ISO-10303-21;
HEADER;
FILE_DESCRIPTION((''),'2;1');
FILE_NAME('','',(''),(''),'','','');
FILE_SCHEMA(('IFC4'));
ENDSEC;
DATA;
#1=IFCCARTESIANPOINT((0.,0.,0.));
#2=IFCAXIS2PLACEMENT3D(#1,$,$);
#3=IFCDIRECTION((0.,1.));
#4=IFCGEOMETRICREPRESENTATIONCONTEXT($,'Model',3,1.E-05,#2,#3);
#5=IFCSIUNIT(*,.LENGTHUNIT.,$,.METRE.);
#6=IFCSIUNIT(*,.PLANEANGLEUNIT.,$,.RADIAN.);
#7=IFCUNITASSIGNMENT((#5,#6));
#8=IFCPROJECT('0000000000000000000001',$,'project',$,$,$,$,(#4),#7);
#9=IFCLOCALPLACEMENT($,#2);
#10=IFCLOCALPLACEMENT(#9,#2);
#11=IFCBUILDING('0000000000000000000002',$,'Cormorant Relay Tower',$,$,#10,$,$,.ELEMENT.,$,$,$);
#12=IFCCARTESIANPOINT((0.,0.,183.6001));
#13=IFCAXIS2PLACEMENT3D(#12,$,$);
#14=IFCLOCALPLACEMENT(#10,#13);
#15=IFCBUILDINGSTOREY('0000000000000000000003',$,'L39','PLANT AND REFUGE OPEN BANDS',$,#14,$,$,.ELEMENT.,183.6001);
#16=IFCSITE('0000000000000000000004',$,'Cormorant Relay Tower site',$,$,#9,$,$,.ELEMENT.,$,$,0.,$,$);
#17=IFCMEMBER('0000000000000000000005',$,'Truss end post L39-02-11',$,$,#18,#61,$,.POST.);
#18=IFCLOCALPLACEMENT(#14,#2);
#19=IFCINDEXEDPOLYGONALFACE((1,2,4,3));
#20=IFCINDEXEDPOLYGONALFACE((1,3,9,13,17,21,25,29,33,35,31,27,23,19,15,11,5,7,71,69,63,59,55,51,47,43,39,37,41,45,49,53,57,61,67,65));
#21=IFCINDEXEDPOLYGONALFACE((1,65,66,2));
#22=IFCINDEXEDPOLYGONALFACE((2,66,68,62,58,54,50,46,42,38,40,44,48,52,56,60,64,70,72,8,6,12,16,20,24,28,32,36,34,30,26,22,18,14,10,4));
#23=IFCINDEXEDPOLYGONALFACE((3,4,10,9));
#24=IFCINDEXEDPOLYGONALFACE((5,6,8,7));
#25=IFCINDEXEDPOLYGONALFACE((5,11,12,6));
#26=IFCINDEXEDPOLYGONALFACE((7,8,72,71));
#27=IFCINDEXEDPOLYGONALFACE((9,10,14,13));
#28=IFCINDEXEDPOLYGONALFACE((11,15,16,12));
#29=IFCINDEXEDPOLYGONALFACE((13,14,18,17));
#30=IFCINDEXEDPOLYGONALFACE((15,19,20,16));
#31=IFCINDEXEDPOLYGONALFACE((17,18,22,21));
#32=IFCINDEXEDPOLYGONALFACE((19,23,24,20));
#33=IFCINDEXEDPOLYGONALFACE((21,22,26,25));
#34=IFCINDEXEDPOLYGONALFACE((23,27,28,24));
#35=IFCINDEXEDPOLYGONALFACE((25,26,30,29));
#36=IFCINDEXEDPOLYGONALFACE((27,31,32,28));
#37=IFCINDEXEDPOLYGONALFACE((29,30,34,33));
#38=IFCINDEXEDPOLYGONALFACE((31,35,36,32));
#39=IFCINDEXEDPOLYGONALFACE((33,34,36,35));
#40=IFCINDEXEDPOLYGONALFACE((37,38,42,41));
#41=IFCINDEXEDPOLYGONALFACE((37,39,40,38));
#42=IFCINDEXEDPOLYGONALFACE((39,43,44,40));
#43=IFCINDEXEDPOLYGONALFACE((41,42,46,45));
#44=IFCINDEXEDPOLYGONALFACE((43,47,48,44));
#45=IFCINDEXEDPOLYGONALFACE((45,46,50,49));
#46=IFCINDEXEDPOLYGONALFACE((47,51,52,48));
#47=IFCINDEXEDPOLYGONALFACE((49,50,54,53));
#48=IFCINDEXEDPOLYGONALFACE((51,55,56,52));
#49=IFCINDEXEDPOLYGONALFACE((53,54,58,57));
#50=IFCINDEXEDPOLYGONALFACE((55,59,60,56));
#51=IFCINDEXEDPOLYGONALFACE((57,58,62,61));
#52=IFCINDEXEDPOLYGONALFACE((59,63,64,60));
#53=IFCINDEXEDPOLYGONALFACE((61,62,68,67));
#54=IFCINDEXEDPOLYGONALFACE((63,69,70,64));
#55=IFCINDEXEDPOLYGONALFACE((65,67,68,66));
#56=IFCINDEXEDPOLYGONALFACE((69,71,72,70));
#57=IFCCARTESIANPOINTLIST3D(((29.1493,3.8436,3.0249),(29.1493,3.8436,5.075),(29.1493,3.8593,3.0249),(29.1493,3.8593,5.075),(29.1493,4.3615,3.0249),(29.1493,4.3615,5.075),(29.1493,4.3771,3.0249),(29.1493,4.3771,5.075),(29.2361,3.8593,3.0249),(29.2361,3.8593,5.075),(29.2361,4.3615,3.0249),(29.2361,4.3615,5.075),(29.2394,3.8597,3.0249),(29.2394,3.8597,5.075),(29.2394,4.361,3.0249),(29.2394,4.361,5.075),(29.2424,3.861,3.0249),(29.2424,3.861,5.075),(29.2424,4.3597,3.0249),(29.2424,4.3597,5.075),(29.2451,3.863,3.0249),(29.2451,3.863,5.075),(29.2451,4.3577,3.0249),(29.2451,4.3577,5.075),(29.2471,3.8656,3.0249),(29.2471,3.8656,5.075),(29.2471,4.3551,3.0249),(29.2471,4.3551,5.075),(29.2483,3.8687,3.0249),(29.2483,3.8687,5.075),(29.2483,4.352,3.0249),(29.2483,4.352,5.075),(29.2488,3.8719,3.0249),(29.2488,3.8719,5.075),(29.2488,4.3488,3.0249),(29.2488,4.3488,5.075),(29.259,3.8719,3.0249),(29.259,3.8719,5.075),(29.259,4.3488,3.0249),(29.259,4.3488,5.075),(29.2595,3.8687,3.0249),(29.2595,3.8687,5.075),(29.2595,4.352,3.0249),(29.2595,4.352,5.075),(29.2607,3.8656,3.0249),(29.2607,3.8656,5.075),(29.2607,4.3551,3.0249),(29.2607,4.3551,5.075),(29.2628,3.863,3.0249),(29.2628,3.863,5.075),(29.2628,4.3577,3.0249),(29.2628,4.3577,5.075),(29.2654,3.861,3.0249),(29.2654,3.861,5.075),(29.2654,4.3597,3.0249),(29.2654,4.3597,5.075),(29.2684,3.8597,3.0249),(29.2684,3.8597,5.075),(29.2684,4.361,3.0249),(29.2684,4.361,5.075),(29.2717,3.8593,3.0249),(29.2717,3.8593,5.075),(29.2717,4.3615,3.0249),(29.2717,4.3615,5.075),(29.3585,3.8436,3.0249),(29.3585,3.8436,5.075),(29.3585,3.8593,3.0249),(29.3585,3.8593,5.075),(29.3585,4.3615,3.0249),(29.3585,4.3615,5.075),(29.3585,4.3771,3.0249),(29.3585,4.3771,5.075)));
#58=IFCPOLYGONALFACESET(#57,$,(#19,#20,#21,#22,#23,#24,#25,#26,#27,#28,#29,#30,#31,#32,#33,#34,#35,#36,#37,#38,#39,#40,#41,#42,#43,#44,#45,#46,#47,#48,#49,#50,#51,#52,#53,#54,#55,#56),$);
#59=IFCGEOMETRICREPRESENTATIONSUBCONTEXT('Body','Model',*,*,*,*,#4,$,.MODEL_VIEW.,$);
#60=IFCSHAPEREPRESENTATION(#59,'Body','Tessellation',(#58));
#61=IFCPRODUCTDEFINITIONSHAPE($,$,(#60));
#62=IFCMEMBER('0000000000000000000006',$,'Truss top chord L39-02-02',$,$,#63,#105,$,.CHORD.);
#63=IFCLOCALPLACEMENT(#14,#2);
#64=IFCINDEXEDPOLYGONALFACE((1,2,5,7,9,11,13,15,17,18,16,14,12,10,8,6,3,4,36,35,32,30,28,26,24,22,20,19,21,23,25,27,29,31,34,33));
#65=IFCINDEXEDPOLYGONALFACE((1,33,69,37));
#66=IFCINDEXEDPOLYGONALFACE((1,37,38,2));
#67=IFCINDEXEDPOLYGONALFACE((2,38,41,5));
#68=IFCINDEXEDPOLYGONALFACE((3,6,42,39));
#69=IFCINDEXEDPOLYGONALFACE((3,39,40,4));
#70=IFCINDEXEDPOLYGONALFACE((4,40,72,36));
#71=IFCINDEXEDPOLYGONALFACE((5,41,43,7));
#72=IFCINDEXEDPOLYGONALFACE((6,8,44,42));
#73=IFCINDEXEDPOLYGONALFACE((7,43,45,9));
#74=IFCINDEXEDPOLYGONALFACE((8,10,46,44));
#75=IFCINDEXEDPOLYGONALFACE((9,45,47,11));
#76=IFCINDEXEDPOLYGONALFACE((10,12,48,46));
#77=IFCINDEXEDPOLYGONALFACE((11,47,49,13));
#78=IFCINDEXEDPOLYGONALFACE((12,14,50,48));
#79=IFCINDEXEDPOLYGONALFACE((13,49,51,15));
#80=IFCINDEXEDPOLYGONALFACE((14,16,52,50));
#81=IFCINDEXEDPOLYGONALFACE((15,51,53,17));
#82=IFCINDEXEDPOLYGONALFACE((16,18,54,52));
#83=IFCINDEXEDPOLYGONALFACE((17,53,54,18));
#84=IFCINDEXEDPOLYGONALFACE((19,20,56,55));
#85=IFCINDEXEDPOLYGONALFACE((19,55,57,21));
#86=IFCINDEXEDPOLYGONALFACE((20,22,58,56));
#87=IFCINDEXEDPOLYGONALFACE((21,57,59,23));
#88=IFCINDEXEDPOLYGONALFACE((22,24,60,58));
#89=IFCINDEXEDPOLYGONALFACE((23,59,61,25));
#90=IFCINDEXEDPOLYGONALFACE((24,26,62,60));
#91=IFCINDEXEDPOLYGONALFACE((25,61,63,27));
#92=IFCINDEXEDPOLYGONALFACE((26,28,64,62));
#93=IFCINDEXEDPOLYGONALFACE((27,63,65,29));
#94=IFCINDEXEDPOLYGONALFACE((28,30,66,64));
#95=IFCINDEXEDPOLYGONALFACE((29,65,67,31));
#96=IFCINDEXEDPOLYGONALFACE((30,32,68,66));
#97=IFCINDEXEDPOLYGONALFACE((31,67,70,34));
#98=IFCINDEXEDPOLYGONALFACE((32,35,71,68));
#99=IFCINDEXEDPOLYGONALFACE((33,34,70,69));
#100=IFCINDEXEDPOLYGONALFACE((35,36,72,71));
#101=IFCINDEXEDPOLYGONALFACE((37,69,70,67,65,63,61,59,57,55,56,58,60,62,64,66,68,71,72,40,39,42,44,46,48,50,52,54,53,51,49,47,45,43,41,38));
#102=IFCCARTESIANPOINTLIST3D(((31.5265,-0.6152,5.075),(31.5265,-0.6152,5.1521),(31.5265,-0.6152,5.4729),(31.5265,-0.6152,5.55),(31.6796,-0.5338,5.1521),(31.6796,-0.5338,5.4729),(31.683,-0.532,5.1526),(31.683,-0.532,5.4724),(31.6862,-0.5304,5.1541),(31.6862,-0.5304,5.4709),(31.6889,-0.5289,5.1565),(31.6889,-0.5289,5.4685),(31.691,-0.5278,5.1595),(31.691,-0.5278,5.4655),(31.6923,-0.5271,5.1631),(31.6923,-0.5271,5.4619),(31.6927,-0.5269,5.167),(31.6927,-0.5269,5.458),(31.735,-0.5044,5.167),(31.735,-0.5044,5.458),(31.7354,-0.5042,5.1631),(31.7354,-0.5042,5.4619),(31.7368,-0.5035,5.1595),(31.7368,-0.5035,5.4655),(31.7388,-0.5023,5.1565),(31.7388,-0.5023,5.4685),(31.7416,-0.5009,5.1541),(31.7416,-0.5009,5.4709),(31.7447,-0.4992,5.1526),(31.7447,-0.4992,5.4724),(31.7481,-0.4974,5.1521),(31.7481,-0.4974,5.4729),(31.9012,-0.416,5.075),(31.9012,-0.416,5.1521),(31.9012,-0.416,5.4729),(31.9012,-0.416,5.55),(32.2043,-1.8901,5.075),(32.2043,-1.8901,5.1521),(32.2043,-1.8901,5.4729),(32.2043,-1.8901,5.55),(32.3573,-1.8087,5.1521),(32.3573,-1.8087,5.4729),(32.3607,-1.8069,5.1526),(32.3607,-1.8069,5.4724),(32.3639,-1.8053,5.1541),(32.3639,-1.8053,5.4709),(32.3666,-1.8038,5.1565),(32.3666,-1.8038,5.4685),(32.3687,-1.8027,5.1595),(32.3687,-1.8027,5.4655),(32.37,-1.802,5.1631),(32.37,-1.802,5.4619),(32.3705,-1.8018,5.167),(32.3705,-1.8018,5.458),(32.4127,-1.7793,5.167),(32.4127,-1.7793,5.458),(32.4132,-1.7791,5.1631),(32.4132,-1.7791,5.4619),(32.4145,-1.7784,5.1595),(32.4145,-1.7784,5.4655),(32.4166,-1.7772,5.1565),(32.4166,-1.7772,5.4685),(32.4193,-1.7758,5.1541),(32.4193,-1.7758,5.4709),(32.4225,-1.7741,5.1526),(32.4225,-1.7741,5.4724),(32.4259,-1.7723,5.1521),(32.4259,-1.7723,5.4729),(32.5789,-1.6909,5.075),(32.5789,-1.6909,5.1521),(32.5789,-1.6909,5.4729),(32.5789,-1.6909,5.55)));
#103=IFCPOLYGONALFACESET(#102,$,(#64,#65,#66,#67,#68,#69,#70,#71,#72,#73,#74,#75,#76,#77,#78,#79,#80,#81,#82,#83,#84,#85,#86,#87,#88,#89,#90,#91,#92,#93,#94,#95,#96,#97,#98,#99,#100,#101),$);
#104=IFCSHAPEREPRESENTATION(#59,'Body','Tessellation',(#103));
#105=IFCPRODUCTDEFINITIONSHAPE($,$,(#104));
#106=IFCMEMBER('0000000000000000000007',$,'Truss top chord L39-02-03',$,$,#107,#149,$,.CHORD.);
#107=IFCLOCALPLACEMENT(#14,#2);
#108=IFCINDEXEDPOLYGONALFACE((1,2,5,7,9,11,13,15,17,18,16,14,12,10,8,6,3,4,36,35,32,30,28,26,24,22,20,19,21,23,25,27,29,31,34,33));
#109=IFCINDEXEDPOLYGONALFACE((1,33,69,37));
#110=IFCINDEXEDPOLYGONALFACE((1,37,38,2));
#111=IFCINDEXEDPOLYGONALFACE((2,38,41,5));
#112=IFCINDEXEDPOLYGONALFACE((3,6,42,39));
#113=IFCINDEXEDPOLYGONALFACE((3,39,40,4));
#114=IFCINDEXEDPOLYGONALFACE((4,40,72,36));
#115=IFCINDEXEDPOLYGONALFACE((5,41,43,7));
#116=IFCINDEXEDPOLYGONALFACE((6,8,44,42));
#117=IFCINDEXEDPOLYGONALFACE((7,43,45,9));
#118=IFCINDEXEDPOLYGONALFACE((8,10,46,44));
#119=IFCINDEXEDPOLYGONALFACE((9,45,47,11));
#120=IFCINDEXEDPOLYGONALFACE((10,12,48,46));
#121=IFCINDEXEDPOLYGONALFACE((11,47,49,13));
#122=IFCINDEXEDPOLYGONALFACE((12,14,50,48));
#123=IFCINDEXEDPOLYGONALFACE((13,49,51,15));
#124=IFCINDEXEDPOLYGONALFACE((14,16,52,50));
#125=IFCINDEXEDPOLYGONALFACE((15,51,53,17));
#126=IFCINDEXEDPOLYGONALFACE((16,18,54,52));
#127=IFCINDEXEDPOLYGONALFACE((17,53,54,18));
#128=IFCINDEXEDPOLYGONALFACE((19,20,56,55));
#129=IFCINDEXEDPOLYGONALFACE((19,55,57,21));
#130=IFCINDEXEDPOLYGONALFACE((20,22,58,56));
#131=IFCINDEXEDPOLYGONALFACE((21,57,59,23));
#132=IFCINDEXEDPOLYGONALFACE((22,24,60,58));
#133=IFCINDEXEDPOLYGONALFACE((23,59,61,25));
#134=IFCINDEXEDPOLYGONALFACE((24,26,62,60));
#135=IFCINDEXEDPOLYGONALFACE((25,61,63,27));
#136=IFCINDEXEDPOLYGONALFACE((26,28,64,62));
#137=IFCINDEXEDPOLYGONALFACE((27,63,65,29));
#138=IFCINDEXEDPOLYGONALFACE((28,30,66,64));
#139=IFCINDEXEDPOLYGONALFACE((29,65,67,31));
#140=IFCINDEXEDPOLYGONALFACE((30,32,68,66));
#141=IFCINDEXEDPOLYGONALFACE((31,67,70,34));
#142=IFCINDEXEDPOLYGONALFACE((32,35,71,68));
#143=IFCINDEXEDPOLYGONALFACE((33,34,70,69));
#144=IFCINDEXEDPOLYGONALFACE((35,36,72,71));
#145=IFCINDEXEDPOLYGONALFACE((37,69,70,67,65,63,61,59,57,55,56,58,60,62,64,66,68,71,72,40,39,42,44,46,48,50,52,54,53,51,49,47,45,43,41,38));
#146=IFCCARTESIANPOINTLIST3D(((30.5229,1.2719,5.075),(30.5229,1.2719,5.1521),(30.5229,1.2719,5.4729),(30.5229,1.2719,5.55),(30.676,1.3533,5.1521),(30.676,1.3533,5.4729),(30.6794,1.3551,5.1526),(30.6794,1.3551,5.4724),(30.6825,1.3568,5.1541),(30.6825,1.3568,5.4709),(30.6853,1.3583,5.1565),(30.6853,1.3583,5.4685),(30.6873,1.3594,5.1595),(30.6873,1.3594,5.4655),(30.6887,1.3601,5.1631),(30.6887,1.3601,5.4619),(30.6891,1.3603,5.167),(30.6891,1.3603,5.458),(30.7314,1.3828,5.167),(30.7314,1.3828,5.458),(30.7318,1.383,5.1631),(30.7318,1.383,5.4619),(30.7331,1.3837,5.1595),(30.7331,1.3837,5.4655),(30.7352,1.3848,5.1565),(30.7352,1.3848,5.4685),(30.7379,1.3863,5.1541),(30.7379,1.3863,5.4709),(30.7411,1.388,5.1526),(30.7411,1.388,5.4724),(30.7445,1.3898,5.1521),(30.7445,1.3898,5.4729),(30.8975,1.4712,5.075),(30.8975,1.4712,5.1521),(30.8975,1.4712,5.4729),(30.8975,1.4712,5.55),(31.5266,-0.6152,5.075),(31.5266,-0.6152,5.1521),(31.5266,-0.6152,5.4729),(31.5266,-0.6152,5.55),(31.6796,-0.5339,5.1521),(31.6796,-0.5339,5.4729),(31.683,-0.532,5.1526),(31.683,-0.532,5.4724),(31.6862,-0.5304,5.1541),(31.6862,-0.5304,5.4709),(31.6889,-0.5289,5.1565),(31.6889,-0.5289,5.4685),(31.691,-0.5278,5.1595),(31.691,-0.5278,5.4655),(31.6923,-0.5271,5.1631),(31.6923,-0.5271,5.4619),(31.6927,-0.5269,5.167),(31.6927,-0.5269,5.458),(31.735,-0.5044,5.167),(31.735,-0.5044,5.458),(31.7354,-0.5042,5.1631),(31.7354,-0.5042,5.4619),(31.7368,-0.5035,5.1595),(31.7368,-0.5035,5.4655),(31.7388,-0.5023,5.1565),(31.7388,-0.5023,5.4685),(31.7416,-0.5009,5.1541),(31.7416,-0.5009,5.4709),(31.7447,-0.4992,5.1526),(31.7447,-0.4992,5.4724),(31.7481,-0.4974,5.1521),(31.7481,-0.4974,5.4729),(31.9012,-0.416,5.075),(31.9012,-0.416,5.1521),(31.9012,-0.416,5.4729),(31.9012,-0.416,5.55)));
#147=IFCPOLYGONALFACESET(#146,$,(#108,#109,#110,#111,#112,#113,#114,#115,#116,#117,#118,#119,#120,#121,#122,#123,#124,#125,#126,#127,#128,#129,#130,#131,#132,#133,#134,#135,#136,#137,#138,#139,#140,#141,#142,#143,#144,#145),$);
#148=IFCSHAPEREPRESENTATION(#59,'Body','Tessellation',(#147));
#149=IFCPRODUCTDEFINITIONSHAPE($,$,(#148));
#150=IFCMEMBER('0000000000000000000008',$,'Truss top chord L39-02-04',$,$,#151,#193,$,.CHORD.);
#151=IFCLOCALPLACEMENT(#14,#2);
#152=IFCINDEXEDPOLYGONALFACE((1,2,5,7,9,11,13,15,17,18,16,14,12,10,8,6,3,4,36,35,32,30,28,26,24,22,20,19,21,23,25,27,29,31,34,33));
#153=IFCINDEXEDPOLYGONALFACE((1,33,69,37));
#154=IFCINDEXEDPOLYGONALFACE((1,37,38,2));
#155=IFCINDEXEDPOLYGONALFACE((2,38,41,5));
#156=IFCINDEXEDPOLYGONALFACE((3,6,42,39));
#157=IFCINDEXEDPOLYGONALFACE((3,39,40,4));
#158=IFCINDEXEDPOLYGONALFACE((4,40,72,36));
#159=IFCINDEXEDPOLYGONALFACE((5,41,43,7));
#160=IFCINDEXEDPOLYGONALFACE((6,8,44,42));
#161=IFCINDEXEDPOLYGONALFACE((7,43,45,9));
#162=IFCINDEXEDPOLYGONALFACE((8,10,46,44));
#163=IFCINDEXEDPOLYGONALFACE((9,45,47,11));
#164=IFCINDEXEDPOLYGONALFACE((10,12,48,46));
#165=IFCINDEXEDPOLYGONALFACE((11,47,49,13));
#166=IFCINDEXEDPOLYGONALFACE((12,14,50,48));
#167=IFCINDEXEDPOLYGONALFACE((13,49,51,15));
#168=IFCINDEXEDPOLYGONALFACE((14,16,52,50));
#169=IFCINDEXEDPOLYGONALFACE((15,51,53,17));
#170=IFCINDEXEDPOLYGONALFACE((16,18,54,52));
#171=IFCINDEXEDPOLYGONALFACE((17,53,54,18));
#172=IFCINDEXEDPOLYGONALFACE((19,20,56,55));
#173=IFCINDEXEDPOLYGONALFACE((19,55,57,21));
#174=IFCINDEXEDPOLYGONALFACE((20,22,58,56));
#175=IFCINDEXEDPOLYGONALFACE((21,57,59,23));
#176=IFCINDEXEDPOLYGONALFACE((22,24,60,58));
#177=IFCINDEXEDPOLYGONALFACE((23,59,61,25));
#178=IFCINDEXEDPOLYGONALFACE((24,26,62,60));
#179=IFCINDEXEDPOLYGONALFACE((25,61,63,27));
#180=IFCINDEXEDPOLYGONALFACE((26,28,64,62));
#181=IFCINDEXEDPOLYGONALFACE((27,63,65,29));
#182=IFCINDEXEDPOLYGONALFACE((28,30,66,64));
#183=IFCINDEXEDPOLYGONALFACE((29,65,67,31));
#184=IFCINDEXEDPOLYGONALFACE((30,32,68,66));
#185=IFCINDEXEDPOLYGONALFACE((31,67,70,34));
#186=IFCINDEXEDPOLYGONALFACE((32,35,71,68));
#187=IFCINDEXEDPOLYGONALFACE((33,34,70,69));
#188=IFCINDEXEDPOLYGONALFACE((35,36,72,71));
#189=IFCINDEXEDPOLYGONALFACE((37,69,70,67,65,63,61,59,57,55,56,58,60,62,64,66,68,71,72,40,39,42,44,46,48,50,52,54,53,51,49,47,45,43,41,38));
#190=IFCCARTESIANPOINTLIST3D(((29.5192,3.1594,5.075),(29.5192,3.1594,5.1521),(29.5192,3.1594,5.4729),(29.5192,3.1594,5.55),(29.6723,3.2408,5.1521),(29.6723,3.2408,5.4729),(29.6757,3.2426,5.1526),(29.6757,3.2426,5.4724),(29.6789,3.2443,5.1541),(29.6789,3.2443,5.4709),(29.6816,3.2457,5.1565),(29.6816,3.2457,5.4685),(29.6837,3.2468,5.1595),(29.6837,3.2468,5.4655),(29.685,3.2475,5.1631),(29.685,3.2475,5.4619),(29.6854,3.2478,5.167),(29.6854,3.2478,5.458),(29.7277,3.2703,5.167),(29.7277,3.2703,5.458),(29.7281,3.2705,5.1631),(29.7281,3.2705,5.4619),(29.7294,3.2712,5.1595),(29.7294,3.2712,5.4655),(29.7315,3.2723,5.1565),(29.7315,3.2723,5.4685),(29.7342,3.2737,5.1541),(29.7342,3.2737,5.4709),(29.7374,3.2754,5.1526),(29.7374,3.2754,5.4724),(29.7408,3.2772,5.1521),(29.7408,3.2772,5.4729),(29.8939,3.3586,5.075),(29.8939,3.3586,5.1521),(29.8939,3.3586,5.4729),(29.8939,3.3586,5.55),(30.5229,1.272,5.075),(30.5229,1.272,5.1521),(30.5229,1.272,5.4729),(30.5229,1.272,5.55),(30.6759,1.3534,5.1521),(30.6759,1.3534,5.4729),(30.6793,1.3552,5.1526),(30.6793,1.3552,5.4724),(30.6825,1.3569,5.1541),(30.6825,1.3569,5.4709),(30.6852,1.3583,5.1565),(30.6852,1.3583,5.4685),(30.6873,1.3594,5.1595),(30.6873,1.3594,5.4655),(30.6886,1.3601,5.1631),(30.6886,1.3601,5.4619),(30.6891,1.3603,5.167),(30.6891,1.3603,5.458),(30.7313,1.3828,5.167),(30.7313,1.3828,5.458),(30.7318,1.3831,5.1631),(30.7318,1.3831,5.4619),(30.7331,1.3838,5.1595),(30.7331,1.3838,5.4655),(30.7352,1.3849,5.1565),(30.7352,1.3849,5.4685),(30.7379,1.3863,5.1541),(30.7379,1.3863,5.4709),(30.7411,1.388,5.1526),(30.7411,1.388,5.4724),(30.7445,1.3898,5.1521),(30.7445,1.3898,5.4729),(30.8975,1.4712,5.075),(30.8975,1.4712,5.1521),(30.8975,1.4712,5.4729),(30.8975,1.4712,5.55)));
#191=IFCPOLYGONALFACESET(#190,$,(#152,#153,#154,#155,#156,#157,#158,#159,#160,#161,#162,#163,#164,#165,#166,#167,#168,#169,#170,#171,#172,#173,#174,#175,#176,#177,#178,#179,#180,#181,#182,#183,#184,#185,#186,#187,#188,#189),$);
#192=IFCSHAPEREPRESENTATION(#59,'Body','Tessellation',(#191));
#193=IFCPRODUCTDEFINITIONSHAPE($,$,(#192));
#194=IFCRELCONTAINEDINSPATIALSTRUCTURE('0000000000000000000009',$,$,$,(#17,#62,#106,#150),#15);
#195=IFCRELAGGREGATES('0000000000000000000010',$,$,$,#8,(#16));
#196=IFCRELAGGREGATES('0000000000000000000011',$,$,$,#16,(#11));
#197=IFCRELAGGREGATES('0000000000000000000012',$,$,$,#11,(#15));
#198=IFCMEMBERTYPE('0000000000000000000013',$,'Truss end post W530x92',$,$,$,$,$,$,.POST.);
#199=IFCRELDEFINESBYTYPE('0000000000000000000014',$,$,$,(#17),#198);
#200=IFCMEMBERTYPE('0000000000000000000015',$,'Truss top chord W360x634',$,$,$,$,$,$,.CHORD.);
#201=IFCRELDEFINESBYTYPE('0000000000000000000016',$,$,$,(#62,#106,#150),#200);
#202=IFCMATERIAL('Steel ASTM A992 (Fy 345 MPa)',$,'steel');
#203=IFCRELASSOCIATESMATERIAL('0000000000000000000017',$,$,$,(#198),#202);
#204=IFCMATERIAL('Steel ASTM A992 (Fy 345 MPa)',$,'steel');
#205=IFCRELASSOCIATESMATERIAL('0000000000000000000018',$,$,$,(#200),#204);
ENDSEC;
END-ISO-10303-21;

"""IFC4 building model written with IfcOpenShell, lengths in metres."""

from ifc_helpers import new_model, si_unit, direction, frame, origin, origin_2d, place, context, subcontext, project, spatial, i_section, extrude, material, material_profile, profile_set, type_object, element, save


model = new_model("IFC4")

# Units and contexts
model_context = context("Model", 3, precision=1e-05, world=origin(), true_north=direction((0.0, 1.0)))
body_context = subcontext(model_context, "Body", "Model", "MODEL_VIEW")
ifc_project = project(units=[si_unit("LENGTHUNIT", "METRE"), si_unit("PLANEANGLEUNIT", "RADIAN")], contexts=[model_context])

# Site, building, storey
site_placement = place(None, origin())
site = spatial("IfcSite", under=ifc_project, at=site_placement, Name="Cormorant Relay Tower site", CompositionType="ELEMENT", RefElevation=0.0)
building_placement = place(site_placement, origin())
building = spatial("IfcBuilding", under=site, at=building_placement, Name="Cormorant Relay Tower", CompositionType="ELEMENT")
storey_placement = place(building_placement, frame((0.0, 0.0, 183.6001)))
storey = spatial("IfcBuildingStorey", under=building, at=storey_placement, Name="L39", Description="PLANT AND REFUGE OPEN BANDS", CompositionType="ELEMENT", Elevation=183.6001)

# Members
ifc_material_1 = material(Name="Steel ASTM A992 (Fy 345 MPa)", Category="steel")
ifc_material_profile_1 = material_profile(ifc_material_1, i_section(OverallWidth=0.2092, OverallDepth=0.5334, WebThickness=0.0103, FlangeThickness=0.0156, FilletRadius=0.0127, at=origin_2d()), Name="W530x92")
ifc_profile_set_1 = profile_set([ifc_material_profile_1], Name="Steel ASTM A992 (Fy 345 MPa)")
member_type_1 = type_object("IfcMemberType", Name="Truss end post W530x92", PredefinedType="POST", material=ifc_profile_set_1)
for number, where, z_axis, x_axis, name in (
    (1, (29.2539, 4.1104, 3.0249), (0.0, 0.0, 1.0), (1.0, 0.0, 0.0), "Truss end post L39-02-11"),
):
    element("IfcMember", number, at=place(storey_placement, frame(where, z_axis=z_axis, x_axis=x_axis)), inside=storey, type_object=member_type_1, Name=name, PredefinedType="POST", context=body_context, shape_type="SweptSolid", body=[
        extrude(i_section(OverallWidth=0.2092, OverallDepth=0.5334, WebThickness=0.0103, FlangeThickness=0.0156, FilletRadius=0.0127, at=origin_2d()), origin(), (0.0, 0.0, 1.0), 2.05),
    ])
ifc_material_2 = material(Name="Steel ASTM A992 (Fy 345 MPa)", Category="steel")
ifc_material_profile_2 = material_profile(ifc_material_2, i_section(OverallWidth=0.4243, OverallDepth=0.4751, WebThickness=0.0479, FlangeThickness=0.0771, FilletRadius=0.0149, at=origin_2d()), Name="W360x634")
ifc_profile_set_2 = profile_set([ifc_material_profile_2], Name="Steel ASTM A992 (Fy 345 MPa)")
member_type_2 = type_object("IfcMemberType", Name="Truss top chord W360x634", PredefinedType="CHORD", material=ifc_profile_set_2)
member_1_placement = place(storey_placement, frame((32.3916, -1.7905, 5.3125), z_axis=(-0.469394, 0.882989, 0.0), x_axis=(-0.882989, -0.469394, 0.0)))
element("IfcMember", 2, at=member_1_placement, inside=storey, type_object=member_type_2, Name="Truss top chord L39-02-02", PredefinedType="CHORD", context=body_context, shape_type="SweptSolid", body=[
    extrude(i_section(OverallWidth=0.4243, OverallDepth=0.4751, WebThickness=0.0479, FlangeThickness=0.0771, FilletRadius=0.0149, at=origin_2d()), origin(), (0.0, 0.0, 1.0), 1.4438),
])
member_2_placement = place(storey_placement, frame((31.7139, -0.5156, 5.3125), z_axis=(-0.46955, 0.882906, 0.0), x_axis=(-0.882906, -0.46955, 0.0)))
element("IfcMember", 3, at=member_2_placement, inside=storey, type_object=member_type_2, Name="Truss top chord L39-02-03", PredefinedType="CHORD", context=body_context, shape_type="SweptSolid", body=[
    extrude(i_section(OverallWidth=0.4243, OverallDepth=0.4751, WebThickness=0.0479, FlangeThickness=0.0771, FilletRadius=0.0149, at=origin_2d()), origin(), (0.0, 0.0, 1.0), 2.1375),
])
member_3_placement = place(storey_placement, frame((30.7102, 1.3716, 5.3125), z_axis=(-0.469503, 0.882931, 0.0), x_axis=(-0.882931, -0.469503, 0.0)))
element("IfcMember", 4, at=member_3_placement, inside=storey, type_object=member_type_2, Name="Truss top chord L39-02-04", PredefinedType="CHORD", context=body_context, shape_type="SweptSolid", body=[
    extrude(i_section(OverallWidth=0.4243, OverallDepth=0.4751, WebThickness=0.0479, FlangeThickness=0.0771, FilletRadius=0.0149, at=origin_2d()), origin(), (0.0, 0.0, 1.0), 2.1377),
])

save(model, "model.ifc")
